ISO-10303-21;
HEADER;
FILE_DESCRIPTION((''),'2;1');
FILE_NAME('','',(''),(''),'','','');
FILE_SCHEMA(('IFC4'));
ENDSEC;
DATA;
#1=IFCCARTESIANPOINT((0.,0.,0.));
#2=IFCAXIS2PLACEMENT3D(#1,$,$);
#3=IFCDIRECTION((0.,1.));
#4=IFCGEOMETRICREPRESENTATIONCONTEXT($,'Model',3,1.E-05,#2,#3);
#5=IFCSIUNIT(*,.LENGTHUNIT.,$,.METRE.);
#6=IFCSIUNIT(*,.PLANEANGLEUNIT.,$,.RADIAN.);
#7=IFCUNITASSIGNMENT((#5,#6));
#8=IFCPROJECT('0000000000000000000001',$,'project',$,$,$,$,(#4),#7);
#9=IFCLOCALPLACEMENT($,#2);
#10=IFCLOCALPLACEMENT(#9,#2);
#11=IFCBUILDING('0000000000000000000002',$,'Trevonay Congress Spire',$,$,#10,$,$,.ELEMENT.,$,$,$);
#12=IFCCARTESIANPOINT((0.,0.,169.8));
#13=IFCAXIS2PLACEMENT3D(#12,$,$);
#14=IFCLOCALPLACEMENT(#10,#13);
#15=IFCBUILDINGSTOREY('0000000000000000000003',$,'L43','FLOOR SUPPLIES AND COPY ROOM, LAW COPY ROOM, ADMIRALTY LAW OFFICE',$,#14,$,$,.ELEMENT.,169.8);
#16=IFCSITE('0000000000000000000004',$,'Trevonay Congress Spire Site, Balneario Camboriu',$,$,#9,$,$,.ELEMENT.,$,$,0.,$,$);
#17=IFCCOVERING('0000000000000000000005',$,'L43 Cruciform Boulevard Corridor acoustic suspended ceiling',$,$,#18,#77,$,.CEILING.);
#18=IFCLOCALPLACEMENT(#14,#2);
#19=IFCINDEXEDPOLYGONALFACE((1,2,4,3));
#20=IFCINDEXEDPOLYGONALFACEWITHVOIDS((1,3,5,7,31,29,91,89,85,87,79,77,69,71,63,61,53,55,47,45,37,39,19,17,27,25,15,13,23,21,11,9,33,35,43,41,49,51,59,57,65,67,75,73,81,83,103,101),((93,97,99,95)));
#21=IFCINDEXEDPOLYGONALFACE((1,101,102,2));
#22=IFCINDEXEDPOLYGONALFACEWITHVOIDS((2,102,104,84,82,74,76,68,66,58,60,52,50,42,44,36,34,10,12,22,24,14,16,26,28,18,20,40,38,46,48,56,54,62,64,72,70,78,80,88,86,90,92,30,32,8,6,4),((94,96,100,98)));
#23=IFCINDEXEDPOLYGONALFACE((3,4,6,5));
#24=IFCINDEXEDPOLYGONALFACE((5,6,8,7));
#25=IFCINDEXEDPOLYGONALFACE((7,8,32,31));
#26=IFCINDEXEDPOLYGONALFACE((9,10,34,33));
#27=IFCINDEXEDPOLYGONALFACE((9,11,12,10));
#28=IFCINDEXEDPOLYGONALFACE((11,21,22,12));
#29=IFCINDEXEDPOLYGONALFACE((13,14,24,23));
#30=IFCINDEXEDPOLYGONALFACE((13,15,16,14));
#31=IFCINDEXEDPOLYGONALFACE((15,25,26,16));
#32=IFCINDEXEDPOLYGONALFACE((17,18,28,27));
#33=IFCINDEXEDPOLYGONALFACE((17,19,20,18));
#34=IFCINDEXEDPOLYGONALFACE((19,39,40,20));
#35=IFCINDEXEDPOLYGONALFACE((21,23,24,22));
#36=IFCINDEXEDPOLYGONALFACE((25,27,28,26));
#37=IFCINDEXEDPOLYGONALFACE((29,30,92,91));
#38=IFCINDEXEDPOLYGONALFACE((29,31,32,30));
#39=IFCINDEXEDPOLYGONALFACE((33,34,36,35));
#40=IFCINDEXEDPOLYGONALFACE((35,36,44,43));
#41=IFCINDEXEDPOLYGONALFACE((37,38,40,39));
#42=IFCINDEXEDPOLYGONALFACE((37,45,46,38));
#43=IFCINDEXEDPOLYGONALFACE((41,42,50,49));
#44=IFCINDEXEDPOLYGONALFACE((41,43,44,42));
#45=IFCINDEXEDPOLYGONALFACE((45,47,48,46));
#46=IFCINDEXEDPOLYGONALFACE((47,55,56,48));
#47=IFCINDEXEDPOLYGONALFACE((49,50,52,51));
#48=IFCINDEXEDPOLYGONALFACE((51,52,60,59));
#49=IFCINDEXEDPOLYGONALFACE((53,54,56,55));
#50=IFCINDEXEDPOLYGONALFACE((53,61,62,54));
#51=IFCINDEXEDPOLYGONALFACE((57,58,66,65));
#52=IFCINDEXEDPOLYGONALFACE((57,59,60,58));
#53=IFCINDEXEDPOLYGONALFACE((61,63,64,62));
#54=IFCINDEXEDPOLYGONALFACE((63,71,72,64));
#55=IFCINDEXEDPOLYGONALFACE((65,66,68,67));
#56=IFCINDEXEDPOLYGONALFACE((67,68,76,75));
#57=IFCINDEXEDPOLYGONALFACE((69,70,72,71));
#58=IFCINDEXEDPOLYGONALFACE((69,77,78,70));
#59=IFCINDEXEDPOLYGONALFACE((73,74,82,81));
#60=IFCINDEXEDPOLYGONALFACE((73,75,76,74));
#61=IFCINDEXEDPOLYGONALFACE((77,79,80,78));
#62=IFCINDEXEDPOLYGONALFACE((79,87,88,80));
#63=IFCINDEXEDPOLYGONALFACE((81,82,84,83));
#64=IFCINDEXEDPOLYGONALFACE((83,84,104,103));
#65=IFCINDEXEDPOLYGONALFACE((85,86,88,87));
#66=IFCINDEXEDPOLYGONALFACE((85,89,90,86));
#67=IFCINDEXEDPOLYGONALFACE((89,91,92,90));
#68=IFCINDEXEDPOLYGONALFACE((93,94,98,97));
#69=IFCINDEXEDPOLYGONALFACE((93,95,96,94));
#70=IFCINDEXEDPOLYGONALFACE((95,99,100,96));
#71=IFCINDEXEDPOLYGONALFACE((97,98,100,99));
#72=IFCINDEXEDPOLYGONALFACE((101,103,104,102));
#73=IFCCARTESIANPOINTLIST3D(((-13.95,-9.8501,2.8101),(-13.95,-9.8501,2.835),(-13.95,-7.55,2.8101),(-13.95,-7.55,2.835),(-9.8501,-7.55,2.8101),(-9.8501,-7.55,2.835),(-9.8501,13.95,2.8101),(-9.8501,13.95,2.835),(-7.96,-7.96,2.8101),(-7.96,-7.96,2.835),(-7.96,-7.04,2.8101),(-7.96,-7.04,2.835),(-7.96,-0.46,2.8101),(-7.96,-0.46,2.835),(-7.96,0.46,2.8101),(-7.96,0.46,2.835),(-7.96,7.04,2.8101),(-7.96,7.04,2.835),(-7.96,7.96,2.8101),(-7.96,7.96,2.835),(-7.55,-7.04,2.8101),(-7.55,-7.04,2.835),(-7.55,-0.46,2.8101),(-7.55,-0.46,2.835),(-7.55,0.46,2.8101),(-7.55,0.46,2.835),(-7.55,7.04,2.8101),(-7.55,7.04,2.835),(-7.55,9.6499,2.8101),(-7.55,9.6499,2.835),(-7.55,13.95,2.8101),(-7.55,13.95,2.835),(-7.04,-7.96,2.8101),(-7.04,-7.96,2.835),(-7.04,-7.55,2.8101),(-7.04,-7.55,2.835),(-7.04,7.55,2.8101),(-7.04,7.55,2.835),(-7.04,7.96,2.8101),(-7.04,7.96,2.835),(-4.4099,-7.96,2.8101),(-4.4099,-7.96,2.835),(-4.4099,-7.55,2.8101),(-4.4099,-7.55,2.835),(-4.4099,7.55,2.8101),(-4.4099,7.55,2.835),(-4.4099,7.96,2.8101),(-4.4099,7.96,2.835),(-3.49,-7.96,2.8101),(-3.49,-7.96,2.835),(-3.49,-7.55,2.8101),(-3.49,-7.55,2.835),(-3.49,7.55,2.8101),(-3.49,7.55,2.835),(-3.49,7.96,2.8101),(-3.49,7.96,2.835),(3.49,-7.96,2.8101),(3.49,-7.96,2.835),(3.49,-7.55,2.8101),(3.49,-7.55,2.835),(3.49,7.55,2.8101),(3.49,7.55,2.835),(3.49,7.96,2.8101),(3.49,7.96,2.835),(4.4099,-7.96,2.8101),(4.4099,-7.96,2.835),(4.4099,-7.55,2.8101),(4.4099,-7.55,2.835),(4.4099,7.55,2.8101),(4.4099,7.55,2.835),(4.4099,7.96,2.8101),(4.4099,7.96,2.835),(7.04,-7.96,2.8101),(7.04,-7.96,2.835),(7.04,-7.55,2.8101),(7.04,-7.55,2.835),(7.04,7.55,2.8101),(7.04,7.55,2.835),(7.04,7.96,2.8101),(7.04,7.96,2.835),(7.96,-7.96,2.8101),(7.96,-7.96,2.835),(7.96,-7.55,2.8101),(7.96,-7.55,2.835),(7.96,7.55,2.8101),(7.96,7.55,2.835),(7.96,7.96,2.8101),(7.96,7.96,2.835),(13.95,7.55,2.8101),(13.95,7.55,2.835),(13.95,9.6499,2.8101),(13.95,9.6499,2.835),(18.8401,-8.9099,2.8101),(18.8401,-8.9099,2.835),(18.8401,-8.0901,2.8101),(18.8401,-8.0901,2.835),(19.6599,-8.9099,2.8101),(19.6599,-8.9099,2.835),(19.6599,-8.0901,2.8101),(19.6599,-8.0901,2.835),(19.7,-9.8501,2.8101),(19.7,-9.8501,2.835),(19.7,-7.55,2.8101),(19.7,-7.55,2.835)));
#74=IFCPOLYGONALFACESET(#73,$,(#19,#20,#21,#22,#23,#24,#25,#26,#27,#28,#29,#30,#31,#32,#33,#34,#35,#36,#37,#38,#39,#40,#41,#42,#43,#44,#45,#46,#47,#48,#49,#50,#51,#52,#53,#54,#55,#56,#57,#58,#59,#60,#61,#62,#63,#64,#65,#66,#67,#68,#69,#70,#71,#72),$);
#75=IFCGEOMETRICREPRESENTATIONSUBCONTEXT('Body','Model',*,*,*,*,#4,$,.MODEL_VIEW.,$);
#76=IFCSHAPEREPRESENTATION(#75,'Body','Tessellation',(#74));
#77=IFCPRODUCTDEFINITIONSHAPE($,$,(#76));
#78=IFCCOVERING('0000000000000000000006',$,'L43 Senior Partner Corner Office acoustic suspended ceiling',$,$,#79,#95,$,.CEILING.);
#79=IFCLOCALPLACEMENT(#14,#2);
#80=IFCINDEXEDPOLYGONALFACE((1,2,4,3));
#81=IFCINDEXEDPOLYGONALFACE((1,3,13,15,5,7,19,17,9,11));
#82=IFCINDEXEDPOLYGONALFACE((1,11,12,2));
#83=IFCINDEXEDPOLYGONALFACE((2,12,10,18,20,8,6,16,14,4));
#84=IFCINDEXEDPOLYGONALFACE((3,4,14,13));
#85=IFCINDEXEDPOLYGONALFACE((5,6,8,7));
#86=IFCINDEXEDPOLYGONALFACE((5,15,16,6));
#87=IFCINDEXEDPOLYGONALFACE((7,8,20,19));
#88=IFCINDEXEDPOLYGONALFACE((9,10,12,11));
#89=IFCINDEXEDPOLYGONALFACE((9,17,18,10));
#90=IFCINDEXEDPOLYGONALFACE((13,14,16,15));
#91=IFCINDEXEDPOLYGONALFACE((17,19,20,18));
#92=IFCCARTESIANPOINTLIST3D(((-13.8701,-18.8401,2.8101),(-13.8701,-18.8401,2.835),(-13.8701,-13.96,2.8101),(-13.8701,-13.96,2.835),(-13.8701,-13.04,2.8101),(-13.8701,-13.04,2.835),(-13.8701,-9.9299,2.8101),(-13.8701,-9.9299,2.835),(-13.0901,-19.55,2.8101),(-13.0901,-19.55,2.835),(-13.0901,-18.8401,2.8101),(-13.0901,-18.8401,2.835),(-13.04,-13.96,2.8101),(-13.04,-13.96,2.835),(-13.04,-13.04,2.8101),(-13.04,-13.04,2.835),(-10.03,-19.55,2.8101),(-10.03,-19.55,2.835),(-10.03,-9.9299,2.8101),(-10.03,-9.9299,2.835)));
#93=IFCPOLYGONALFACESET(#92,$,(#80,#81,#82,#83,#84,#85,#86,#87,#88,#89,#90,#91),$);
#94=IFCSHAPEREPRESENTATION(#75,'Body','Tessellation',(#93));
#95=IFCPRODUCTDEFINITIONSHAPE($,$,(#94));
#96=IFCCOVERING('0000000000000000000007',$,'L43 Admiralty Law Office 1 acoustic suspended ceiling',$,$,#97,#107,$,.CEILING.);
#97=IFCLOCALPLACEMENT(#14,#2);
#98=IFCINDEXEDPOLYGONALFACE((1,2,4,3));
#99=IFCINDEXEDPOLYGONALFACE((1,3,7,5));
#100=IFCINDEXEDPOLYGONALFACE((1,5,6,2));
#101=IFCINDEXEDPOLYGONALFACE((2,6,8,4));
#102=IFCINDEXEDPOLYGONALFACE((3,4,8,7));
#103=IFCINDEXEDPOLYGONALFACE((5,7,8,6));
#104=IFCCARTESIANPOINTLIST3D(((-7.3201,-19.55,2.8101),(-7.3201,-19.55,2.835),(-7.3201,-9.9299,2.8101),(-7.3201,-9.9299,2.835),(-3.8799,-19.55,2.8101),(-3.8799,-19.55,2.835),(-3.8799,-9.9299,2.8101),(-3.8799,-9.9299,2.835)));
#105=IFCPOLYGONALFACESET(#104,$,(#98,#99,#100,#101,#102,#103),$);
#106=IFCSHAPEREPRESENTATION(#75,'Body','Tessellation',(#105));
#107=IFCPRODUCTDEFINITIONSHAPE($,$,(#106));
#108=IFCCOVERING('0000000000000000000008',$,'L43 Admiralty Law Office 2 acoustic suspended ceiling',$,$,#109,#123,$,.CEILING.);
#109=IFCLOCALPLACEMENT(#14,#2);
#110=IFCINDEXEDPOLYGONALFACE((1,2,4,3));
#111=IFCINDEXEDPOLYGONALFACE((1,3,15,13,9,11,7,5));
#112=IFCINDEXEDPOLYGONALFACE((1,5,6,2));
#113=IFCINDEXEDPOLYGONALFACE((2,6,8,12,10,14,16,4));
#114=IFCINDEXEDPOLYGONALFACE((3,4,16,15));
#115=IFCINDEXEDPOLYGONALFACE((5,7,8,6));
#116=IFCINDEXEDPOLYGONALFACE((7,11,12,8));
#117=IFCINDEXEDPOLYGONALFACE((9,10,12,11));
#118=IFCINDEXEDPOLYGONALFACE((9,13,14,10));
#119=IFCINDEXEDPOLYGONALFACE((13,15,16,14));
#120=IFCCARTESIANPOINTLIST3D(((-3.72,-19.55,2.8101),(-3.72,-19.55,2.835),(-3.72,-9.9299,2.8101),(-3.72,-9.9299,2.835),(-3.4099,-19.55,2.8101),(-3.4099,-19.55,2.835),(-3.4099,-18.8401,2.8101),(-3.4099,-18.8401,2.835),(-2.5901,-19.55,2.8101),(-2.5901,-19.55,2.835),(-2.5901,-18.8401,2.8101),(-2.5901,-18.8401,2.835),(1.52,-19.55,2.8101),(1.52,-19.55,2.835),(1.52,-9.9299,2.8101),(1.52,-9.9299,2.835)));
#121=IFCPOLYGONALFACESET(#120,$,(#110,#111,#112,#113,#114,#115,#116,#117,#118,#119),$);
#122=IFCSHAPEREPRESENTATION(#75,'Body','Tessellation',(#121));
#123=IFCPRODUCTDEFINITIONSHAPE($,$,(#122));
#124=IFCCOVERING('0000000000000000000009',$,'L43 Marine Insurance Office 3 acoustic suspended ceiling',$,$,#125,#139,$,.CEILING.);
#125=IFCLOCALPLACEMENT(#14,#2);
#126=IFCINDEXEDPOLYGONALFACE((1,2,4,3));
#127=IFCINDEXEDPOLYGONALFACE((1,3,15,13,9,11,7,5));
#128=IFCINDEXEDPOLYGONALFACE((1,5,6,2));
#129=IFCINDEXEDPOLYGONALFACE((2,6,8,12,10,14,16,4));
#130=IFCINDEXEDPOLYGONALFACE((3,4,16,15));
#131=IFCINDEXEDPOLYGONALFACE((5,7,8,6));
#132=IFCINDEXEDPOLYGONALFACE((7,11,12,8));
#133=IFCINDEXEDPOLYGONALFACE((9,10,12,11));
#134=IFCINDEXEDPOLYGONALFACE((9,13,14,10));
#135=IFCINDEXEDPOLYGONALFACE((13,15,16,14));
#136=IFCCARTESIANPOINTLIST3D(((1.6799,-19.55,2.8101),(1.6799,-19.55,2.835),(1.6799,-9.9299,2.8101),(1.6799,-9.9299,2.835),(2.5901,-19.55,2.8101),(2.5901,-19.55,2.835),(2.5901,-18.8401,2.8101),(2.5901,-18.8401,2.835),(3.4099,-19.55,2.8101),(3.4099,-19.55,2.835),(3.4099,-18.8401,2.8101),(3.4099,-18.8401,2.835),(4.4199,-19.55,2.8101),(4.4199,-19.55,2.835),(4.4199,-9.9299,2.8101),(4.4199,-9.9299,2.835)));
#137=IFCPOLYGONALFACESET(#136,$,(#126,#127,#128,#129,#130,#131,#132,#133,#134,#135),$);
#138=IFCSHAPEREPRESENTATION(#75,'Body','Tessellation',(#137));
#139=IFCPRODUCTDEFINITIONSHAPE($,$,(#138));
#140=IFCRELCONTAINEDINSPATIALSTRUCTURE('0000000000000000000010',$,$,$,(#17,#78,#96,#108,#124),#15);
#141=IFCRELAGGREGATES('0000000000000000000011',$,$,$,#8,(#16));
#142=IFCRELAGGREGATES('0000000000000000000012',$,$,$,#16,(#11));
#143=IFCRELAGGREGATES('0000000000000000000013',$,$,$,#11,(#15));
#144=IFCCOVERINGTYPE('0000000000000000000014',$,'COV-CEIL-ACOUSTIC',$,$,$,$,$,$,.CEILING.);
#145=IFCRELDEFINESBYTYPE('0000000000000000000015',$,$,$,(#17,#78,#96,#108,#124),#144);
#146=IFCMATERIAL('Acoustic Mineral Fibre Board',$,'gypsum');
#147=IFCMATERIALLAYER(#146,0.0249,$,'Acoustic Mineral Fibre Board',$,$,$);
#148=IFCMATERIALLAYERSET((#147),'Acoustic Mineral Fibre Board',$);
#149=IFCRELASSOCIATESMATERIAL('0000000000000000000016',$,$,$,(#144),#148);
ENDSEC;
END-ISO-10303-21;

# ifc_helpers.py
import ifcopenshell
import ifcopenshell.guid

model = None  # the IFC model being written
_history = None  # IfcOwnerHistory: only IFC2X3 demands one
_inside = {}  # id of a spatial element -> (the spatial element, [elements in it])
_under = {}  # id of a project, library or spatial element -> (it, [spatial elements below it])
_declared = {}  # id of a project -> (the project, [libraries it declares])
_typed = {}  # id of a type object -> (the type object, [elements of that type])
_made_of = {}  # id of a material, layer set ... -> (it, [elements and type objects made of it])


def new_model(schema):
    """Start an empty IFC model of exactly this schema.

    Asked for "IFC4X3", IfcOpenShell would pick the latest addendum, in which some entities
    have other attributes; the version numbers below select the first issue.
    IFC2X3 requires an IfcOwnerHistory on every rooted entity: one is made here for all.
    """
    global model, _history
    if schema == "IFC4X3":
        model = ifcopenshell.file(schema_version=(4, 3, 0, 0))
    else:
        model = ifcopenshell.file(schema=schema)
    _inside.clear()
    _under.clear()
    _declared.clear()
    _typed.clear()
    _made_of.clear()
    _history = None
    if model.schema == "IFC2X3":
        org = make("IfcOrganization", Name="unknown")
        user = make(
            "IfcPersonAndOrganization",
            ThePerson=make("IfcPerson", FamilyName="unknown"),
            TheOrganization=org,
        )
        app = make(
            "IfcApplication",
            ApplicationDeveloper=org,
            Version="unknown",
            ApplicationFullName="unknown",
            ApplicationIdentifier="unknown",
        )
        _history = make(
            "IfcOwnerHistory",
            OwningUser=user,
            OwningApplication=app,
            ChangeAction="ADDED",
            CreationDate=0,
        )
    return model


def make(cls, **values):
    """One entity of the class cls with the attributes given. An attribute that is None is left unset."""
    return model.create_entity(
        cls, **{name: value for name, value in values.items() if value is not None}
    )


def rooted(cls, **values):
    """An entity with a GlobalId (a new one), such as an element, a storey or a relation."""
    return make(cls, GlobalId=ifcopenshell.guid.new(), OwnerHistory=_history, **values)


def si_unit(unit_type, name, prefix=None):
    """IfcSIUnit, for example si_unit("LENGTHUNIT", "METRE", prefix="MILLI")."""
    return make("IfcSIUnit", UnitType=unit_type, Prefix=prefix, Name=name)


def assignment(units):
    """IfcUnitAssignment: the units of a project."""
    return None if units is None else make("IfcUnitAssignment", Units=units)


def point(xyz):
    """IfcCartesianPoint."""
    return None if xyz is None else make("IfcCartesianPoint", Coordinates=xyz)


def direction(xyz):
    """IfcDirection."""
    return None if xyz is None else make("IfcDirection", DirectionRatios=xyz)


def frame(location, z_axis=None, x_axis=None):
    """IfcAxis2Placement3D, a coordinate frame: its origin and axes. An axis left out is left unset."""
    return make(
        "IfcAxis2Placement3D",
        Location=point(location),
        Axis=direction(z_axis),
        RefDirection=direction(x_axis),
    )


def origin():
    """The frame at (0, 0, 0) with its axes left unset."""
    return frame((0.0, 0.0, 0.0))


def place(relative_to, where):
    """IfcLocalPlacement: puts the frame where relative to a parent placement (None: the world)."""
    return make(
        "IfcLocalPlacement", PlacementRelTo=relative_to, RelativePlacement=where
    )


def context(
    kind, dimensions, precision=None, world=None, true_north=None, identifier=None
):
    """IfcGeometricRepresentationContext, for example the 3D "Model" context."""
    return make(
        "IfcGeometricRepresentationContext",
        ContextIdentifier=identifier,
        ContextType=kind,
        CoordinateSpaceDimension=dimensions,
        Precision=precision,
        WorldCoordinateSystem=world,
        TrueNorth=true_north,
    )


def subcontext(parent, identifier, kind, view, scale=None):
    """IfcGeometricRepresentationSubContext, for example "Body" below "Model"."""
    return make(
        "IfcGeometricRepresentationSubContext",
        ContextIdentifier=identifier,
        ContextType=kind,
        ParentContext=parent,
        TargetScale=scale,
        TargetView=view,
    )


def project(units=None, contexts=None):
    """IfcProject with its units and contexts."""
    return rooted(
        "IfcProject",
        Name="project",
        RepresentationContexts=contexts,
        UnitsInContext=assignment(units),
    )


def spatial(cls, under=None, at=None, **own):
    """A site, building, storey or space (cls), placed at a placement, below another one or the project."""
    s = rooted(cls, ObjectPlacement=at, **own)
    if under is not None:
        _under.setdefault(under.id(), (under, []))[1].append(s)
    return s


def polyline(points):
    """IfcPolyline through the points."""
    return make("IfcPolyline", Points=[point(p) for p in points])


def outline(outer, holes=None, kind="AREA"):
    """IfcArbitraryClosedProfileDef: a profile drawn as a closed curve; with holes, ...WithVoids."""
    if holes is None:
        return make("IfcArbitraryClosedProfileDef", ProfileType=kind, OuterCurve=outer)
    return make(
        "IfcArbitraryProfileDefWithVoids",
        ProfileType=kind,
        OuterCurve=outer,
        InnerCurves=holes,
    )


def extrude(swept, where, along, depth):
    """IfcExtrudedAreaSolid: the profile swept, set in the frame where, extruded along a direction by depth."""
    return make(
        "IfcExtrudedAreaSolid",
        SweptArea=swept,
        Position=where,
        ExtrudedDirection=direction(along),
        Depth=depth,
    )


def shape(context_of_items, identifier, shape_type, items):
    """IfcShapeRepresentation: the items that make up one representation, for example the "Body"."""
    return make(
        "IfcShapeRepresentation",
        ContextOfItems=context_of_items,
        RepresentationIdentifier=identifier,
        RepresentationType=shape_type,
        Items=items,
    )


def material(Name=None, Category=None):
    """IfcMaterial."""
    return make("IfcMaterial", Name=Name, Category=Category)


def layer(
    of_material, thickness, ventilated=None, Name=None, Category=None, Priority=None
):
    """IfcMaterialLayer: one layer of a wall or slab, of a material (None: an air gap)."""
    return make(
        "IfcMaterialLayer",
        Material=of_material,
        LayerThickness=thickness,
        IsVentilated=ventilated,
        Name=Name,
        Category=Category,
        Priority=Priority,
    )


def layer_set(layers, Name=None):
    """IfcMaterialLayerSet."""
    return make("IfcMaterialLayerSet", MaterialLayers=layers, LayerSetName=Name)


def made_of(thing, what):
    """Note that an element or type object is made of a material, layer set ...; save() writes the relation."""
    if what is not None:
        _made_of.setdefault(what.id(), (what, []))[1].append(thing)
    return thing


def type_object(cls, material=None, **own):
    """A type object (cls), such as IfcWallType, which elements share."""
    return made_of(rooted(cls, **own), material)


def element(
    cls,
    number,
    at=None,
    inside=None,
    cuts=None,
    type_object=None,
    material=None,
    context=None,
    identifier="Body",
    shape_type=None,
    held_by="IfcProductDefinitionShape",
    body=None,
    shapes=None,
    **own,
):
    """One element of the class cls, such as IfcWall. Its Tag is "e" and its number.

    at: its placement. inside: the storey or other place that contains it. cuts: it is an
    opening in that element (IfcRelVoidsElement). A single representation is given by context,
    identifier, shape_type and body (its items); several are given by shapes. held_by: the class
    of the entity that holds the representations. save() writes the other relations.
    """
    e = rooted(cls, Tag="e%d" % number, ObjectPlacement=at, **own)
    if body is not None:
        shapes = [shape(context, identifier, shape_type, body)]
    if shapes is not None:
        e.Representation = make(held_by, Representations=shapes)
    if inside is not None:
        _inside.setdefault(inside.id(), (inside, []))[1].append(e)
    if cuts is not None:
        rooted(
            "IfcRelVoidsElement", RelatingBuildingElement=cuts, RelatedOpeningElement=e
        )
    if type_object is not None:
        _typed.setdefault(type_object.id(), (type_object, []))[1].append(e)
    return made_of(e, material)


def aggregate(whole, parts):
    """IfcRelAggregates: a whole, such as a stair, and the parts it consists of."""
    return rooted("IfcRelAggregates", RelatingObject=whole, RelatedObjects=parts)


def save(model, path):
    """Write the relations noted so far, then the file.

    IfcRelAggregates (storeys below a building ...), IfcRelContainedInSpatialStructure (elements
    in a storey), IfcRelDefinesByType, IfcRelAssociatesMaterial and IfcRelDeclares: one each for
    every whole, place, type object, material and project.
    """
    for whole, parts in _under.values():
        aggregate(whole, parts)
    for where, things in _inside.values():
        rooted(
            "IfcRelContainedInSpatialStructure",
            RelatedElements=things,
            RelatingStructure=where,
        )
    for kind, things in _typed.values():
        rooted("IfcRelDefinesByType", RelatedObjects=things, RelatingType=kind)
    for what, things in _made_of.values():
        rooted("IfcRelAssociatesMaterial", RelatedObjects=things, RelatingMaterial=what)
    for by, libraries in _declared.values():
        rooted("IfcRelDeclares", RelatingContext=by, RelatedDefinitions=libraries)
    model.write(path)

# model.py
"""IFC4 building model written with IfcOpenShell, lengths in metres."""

from ifc_helpers import new_model, si_unit, direction, frame, origin, place, context, subcontext, project, spatial, polyline, outline, extrude, material, layer, layer_set, type_object, element, save


model = new_model("IFC4")

# Units and contexts
model_context = context("Model", 3, precision=1e-05, world=origin(), true_north=direction((0.0, 1.0)))
body_context = subcontext(model_context, "Body", "Model", "MODEL_VIEW")
ifc_project = project(units=[si_unit("LENGTHUNIT", "METRE"), si_unit("PLANEANGLEUNIT", "RADIAN")], contexts=[model_context])

# Site, building, storey
site_placement = place(None, origin())
site = spatial("IfcSite", under=ifc_project, at=site_placement, Name="Trevonay Congress Spire Site, Balneario Camboriu", CompositionType="ELEMENT", RefElevation=0.0)
building_placement = place(site_placement, origin())
building = spatial("IfcBuilding", under=site, at=building_placement, Name="Trevonay Congress Spire", CompositionType="ELEMENT")
storey_placement = place(building_placement, frame((0.0, 0.0, 169.8)))
storey = spatial("IfcBuildingStorey", under=building, at=storey_placement, Name="L43", Description="FLOOR SUPPLIES AND COPY ROOM, LAW COPY ROOM, ADMIRALTY LAW OFFICE", CompositionType="ELEMENT", Elevation=169.8)

# Coverings
ifc_material_1 = material(Name="Acoustic Mineral Fibre Board", Category="gypsum")
ifc_layer_1 = layer(ifc_material_1, 0.0249, Name="Acoustic Mineral Fibre Board")
ifc_layer_set_1 = layer_set([ifc_layer_1], Name="Acoustic Mineral Fibre Board")
covering_type_1 = type_object("IfcCoveringType", Name="COV-CEIL-ACOUSTIC", PredefinedType="CEILING", material=ifc_layer_set_1)
covering_1_placement = place(storey_placement, frame((0.0, 0.0, 2.8101)))
element("IfcCovering", 1, at=covering_1_placement, inside=storey, type_object=covering_type_1, Name="L43 Cruciform Boulevard Corridor acoustic suspended ceiling", PredefinedType="CEILING", context=body_context, shape_type="SweptSolid", body=[
    extrude(outline(polyline([(19.7, -7.55), (19.7, -9.8501), (-13.95, -9.8501), (-13.95, -7.55), (-9.8501, -7.55), (-9.8501, 13.95), (-7.55, 13.95), (-7.55, 9.6499), (13.95, 9.6499), (13.95, 7.55), (7.96, 7.55), (7.96, 7.96), (7.04, 7.96), (7.04, 7.55), (4.4099, 7.55), (4.4099, 7.96), (3.49, 7.96), (3.49, 7.55), (-3.49, 7.55), (-3.49, 7.96), (-4.4099, 7.96), (-4.4099, 7.55), (-7.04, 7.55), (-7.04, 7.96), (-7.96, 7.96), (-7.96, 7.04), (-7.55, 7.04), (-7.55, 0.46), (-7.96, 0.46), (-7.96, -0.46), (-7.55, -0.46), (-7.55, -7.04), (-7.96, -7.04), (-7.96, -7.96), (-7.04, -7.96), (-7.04, -7.55), (-4.4099, -7.55), (-4.4099, -7.96), (-3.49, -7.96), (-3.49, -7.55), (3.49, -7.55), (3.49, -7.96), (4.4099, -7.96), (4.4099, -7.55), (7.04, -7.55), (7.04, -7.96), (7.96, -7.96), (7.96, -7.55), (19.7, -7.55)]), holes=[polyline([(19.6599, -8.0901), (18.8401, -8.0901), (18.8401, -8.9099), (19.6599, -8.9099), (19.6599, -8.0901)])]), origin(), (0.0, 0.0, 1.0), 0.0249),
])
covering_2_placement = place(storey_placement, frame((0.0, 0.0, 2.8101)))
element("IfcCovering", 2, at=covering_2_placement, inside=storey, type_object=covering_type_1, Name="L43 Senior Partner Corner Office acoustic suspended ceiling", PredefinedType="CEILING", context=body_context, shape_type="SweptSolid", body=[
    extrude(outline(polyline([(-13.8701, -9.9299), (-10.03, -9.9299), (-10.03, -19.55), (-13.0901, -19.55), (-13.0901, -18.8401), (-13.8701, -18.8401), (-13.8701, -13.96), (-13.04, -13.96), (-13.04, -13.04), (-13.8701, -13.04), (-13.8701, -9.9299)])), origin(), (0.0, 0.0, 1.0), 0.0249),
])
covering_3_placement = place(storey_placement, frame((0.0, 0.0, 2.8101)))
element("IfcCovering", 3, at=covering_3_placement, inside=storey, type_object=covering_type_1, Name="L43 Admiralty Law Office 1 acoustic suspended ceiling", PredefinedType="CEILING", context=body_context, shape_type="SweptSolid", body=[
    extrude(outline(polyline([(-7.3201, -19.55), (-3.8799, -19.55), (-3.8799, -9.9299), (-7.3201, -9.9299), (-7.3201, -19.55)])), origin(), (0.0, 0.0, 1.0), 0.0249),
])
covering_4_placement = place(storey_placement, frame((0.0, 0.0, 2.8101)))
element("IfcCovering", 4, at=covering_4_placement, inside=storey, type_object=covering_type_1, Name="L43 Admiralty Law Office 2 acoustic suspended ceiling", PredefinedType="CEILING", context=body_context, shape_type="SweptSolid", body=[
    extrude(outline(polyline([(-3.72, -19.55), (-3.72, -9.9299), (1.52, -9.9299), (1.52, -19.55), (-2.5901, -19.55), (-2.5901, -18.8401), (-3.4099, -18.8401), (-3.4099, -19.55), (-3.72, -19.55)])), origin(), (0.0, 0.0, 1.0), 0.0249),
])
covering_5_placement = place(storey_placement, frame((0.0, 0.0, 2.8101)))
element("IfcCovering", 5, at=covering_5_placement, inside=storey, type_object=covering_type_1, Name="L43 Marine Insurance Office 3 acoustic suspended ceiling", PredefinedType="CEILING", context=body_context, shape_type="SweptSolid", body=[
    extrude(outline(polyline([(1.6799, -19.55), (1.6799, -9.9299), (4.4199, -9.9299), (4.4199, -19.55), (3.4099, -19.55), (3.4099, -18.8401), (2.5901, -18.8401), (2.5901, -19.55), (1.6799, -19.55)])), origin(), (0.0, 0.0, 1.0), 0.0249),
])

save(model, "model.ifc")
